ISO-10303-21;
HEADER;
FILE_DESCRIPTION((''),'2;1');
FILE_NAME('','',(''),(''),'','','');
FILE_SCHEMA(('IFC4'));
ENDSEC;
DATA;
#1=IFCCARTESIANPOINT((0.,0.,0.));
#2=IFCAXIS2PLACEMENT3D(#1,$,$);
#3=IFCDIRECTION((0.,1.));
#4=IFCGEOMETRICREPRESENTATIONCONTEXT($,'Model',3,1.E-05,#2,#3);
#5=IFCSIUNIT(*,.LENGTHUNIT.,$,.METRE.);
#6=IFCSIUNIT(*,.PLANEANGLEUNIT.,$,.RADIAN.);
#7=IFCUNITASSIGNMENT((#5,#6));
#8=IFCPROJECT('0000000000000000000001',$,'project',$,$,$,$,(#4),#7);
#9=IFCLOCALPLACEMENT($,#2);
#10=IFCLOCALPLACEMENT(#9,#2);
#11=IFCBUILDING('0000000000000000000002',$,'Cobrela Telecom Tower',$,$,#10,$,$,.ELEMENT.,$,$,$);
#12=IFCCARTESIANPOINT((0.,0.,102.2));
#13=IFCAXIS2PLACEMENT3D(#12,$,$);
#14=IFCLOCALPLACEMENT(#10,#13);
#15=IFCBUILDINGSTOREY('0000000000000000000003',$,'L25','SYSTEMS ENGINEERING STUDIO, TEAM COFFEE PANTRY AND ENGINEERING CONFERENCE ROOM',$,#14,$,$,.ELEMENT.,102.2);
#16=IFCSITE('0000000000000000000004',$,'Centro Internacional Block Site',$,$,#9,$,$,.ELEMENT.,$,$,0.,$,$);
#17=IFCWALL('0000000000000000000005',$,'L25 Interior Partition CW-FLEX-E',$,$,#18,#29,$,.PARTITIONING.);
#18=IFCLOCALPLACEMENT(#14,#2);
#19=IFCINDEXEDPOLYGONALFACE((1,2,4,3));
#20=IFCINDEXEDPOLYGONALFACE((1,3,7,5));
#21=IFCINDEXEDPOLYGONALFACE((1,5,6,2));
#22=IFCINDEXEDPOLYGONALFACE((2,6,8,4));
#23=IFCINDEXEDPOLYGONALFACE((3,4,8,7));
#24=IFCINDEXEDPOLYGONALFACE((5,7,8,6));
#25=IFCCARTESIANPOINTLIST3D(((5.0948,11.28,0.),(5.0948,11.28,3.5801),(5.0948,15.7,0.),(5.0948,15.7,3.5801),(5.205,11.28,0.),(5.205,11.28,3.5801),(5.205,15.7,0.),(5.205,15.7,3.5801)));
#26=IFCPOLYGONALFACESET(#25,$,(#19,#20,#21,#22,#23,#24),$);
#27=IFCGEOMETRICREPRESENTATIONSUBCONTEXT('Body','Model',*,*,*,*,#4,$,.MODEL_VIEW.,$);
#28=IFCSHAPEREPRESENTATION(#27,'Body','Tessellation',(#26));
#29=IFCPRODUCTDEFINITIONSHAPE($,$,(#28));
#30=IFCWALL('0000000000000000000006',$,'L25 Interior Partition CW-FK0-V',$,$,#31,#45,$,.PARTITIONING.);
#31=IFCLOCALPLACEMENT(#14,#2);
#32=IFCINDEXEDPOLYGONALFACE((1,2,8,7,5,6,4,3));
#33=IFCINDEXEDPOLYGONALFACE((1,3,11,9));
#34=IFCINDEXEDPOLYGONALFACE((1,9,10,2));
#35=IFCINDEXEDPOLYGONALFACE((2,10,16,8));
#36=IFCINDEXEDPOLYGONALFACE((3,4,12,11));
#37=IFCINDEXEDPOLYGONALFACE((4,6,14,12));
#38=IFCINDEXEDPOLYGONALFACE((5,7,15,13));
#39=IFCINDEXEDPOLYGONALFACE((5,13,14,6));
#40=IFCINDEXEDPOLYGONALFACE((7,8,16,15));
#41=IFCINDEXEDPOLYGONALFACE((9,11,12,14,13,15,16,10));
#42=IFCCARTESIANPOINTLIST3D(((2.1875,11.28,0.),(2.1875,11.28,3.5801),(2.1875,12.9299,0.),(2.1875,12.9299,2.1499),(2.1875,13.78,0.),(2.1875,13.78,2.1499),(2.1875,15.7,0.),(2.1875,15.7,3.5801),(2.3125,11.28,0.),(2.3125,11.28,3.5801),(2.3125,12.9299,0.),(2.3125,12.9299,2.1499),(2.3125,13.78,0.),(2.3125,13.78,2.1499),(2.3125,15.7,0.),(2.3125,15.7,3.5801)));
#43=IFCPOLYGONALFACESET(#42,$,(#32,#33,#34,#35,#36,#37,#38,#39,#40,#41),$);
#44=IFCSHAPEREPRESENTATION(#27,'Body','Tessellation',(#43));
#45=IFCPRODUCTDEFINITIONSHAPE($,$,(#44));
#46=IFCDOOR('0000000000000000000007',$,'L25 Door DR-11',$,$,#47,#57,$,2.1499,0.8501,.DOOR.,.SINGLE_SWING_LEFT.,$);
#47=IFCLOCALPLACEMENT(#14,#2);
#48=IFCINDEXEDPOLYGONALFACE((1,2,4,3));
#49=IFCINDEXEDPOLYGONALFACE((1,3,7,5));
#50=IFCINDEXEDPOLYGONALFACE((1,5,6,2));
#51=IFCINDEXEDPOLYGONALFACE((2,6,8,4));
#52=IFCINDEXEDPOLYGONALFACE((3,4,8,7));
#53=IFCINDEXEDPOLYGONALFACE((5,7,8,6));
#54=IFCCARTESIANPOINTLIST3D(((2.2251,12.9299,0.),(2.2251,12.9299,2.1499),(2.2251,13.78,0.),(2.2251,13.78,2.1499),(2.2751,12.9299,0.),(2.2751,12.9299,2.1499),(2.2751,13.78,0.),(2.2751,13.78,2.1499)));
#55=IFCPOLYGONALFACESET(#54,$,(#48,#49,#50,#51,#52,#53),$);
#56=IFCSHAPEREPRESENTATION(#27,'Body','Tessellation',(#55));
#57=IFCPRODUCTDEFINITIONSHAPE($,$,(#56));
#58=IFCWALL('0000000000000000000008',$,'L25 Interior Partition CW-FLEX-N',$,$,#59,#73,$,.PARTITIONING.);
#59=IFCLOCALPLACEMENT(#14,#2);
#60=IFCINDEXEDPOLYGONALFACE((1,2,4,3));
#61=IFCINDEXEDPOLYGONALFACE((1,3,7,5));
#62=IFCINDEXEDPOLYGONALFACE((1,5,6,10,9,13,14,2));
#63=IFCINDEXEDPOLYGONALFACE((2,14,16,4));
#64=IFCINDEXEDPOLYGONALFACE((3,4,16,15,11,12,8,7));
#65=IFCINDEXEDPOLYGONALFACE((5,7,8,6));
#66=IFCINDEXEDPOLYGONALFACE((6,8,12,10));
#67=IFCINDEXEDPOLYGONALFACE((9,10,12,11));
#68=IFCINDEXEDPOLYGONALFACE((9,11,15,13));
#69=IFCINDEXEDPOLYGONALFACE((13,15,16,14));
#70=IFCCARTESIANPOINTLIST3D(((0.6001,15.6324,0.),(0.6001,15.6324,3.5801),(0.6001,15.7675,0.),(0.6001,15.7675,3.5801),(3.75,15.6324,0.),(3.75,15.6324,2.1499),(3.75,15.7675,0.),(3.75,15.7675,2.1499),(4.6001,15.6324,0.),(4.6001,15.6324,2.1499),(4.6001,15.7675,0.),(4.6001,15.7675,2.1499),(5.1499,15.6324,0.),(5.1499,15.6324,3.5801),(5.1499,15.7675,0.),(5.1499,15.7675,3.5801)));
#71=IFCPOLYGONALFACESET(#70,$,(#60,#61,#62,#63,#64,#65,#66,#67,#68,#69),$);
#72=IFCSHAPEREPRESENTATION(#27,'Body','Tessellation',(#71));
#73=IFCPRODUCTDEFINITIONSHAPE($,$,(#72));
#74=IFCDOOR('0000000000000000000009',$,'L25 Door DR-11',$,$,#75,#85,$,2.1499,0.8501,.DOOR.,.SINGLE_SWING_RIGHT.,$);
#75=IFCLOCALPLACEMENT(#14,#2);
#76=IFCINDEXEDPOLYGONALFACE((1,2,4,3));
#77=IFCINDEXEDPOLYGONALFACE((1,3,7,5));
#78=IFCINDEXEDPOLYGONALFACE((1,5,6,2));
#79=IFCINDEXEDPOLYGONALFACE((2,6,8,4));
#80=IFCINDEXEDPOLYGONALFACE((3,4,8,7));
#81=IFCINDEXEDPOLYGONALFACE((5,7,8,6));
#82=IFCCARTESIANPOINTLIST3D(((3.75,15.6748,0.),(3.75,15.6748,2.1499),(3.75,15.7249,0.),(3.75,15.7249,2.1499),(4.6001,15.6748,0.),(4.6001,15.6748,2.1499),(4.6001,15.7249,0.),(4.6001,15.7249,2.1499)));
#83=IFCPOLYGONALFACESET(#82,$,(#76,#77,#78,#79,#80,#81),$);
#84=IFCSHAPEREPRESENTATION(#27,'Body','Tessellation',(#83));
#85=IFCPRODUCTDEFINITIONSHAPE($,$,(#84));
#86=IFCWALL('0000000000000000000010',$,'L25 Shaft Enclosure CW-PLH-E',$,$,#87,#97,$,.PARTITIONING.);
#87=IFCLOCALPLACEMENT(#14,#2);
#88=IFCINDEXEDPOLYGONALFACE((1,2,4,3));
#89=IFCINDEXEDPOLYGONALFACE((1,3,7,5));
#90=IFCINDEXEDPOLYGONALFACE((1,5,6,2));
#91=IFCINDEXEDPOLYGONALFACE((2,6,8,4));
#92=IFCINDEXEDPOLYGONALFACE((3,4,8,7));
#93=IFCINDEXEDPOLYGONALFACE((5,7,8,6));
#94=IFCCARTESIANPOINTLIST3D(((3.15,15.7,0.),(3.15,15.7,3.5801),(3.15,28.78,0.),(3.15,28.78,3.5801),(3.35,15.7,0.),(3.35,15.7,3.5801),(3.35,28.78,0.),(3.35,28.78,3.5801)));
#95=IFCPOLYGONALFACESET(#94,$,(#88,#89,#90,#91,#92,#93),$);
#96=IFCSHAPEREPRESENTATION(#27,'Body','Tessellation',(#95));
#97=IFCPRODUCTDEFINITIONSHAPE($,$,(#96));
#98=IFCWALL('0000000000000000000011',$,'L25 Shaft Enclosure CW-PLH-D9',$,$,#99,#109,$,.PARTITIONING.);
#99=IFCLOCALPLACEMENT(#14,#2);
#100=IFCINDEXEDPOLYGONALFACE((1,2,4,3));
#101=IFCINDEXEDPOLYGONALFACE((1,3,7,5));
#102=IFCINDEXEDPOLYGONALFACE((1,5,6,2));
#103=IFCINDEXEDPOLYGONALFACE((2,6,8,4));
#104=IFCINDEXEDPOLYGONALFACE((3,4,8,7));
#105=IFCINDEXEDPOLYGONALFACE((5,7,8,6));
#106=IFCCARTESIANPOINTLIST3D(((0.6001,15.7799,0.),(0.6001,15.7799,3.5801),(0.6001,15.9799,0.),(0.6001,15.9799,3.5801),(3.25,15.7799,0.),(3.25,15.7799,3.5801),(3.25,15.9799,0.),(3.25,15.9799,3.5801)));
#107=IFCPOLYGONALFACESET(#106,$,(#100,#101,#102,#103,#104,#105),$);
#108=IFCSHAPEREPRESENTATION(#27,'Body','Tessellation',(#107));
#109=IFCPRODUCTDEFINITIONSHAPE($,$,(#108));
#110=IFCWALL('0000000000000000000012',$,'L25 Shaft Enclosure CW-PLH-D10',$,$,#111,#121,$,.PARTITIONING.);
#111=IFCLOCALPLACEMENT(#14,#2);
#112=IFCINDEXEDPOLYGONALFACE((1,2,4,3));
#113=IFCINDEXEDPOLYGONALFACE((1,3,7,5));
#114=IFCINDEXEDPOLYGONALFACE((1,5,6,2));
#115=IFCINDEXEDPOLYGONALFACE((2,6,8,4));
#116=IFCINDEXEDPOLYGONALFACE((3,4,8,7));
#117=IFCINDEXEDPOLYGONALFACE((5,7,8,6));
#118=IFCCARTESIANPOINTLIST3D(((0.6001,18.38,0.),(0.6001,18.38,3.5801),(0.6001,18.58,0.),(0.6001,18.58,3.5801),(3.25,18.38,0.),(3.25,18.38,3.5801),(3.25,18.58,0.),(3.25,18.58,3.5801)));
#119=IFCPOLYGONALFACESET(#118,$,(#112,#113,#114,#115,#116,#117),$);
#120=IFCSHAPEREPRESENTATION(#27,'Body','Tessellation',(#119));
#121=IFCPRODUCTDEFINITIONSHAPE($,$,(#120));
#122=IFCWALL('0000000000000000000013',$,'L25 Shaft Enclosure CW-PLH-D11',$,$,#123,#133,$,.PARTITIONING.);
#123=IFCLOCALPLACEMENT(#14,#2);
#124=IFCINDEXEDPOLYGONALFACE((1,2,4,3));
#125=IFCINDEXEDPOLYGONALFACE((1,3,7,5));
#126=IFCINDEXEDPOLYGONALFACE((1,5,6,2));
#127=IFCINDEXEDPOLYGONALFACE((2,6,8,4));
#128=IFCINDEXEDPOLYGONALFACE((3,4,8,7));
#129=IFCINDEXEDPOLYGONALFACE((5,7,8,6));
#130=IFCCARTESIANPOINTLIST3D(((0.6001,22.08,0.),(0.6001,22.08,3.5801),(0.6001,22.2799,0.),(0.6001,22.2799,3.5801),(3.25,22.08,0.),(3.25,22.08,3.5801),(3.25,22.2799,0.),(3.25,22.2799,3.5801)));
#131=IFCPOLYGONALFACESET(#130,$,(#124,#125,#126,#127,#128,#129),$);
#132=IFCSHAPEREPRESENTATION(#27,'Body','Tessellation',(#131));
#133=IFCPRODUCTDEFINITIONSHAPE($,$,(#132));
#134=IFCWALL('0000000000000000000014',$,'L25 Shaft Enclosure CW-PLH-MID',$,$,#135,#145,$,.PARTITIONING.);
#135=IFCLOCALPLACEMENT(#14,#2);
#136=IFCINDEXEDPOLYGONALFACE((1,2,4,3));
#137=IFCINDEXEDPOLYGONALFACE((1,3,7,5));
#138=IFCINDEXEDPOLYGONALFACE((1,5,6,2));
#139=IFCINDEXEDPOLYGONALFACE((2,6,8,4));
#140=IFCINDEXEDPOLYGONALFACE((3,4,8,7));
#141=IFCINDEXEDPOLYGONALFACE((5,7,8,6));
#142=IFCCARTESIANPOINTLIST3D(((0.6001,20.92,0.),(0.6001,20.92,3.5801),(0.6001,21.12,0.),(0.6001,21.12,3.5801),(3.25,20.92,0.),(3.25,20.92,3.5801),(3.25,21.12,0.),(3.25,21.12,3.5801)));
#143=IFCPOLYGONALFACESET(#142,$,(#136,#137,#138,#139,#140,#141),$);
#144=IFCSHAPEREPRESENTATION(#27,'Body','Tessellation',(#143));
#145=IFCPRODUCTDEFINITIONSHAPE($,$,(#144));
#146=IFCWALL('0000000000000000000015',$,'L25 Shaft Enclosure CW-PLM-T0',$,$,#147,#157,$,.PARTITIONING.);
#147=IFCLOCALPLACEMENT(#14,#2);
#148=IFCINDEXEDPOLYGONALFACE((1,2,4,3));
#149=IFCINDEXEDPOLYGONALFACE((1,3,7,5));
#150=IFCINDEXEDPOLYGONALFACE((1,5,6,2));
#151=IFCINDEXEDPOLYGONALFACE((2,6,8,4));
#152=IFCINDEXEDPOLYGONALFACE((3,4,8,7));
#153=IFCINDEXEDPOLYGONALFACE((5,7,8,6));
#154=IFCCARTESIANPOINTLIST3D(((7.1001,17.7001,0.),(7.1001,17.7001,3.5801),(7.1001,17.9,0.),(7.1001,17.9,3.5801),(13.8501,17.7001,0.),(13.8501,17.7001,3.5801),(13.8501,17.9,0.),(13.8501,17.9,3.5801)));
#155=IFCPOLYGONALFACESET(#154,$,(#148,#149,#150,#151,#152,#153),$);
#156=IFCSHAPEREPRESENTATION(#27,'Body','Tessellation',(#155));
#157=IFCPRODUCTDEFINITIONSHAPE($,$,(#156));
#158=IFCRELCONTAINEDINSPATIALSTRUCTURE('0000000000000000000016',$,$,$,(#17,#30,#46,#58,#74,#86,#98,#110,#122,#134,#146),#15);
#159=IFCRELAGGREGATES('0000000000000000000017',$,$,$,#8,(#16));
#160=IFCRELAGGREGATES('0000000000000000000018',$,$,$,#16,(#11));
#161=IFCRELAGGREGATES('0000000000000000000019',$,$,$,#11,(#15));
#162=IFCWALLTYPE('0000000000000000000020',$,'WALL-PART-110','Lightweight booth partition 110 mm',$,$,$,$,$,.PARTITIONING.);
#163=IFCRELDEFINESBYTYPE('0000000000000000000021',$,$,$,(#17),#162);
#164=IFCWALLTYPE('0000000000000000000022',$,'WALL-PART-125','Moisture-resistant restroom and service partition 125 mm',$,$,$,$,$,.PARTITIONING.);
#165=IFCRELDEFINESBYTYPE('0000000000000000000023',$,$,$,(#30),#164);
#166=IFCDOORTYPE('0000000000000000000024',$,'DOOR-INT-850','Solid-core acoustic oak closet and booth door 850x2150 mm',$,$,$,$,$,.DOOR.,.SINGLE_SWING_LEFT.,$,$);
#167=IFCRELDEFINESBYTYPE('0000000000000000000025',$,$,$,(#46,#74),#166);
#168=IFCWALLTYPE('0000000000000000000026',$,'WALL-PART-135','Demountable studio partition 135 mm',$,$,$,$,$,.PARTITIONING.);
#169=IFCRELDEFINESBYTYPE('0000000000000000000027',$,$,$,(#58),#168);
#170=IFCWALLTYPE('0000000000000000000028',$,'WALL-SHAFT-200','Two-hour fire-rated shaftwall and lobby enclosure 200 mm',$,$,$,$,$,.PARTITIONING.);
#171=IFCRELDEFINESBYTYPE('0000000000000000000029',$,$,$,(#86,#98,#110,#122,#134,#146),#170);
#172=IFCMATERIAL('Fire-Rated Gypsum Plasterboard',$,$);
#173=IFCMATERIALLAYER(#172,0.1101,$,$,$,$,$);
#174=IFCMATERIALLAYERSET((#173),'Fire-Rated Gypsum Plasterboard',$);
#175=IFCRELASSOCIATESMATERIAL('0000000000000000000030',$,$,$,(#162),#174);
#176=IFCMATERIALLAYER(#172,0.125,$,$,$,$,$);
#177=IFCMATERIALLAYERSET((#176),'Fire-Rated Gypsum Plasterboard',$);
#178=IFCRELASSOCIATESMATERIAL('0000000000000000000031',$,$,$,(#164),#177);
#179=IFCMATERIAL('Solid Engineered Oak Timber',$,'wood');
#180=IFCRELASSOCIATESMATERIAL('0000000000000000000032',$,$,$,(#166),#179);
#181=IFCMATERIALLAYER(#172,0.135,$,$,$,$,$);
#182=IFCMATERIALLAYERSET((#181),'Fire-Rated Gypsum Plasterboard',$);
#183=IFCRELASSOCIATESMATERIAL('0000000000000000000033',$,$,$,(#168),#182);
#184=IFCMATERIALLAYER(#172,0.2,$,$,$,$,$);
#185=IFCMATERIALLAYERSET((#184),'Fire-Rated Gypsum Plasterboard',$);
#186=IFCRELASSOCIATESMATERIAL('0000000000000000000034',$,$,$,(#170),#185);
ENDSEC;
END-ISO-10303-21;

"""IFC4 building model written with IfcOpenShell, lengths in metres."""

from ifc_helpers import new_model, si_unit, direction, frame, frame_2d, origin, place, context, subcontext, project, spatial, rectangle, extrude, material, layer, layer_set, type_object, element, fill, save


model = new_model("IFC4")

# Units and contexts
model_context = context("Model", 3, precision=1e-05, world=origin(), true_north=direction((0.0, 1.0)))
body_context = subcontext(model_context, "Body", "Model", "MODEL_VIEW")
ifc_project = project(units=[si_unit("LENGTHUNIT", "METRE"), si_unit("PLANEANGLEUNIT", "RADIAN")], contexts=[model_context])

# Site, building, storey
site_placement = place(None, origin())
site = spatial("IfcSite", under=ifc_project, at=site_placement, Name="Centro Internacional Block Site", CompositionType="ELEMENT", RefElevation=0.0)
building_placement = place(site_placement, origin())
building = spatial("IfcBuilding", under=site, at=building_placement, Name="Cobrela Telecom Tower", CompositionType="ELEMENT")
storey_placement = place(building_placement, frame((0.0, 0.0, 102.2)))
storey = spatial("IfcBuildingStorey", under=building, at=storey_placement, Name="L25", Description="SYSTEMS ENGINEERING STUDIO, TEAM COFFEE PANTRY AND ENGINEERING CONFERENCE ROOM", CompositionType="ELEMENT", Elevation=102.2)

# Wall
ifc_material_1 = material(Name="Fire-Rated Gypsum Plasterboard")
ifc_layer_1 = layer(ifc_material_1, 0.1101)
ifc_layer_set_1 = layer_set([ifc_layer_1], Name="Fire-Rated Gypsum Plasterboard")
wall_type_1 = type_object("IfcWallType", Name="WALL-PART-110", Description="Lightweight booth partition 110 mm", PredefinedType="PARTITIONING", material=ifc_layer_set_1)
wall_1_placement = place(storey_placement, frame((5.1499, 11.28, 0.0), z_axis=(0.0, 0.0, 1.0), x_axis=(0.0, 1.0, 0.0)))
element("IfcWall", 1, at=wall_1_placement, inside=storey, type_object=wall_type_1, Name="L25 Interior Partition CW-FLEX-E", PredefinedType="PARTITIONING", context=body_context, shape_type="SweptSolid", body=[
    extrude(rectangle(XDim=4.4199, YDim=0.1101, at=frame_2d((2.21, 0.0))), origin(), (0.0, 0.0, 1.0), 3.5801),
])

# Walls, openings, doors
ifc_layer_2 = layer(ifc_material_1, 0.125)
ifc_layer_set_2 = layer_set([ifc_layer_2], Name="Fire-Rated Gypsum Plasterboard")
wall_type_2 = type_object("IfcWallType", Name="WALL-PART-125", Description="Moisture-resistant restroom and service partition 125 mm", PredefinedType="PARTITIONING", material=ifc_layer_set_2)
wall_2_placement = place(storey_placement, frame((2.25, 11.28, 0.0), z_axis=(0.0, 0.0, 1.0), x_axis=(0.0, 1.0, 0.0)))
wall_2 = element("IfcWall", 2, at=wall_2_placement, inside=storey, type_object=wall_type_2, Name="L25 Interior Partition CW-FK0-V", PredefinedType="PARTITIONING", context=body_context, shape_type="SweptSolid", body=[
    extrude(rectangle(XDim=4.4199, YDim=0.125, at=frame_2d((2.21, 0.0))), origin(), (0.0, 0.0, 1.0), 3.5801),
])
opening_1_placement = place(wall_2_placement, frame((1.6499, 0.0, 0.0)))
opening_1 = element("IfcOpeningElement", 3, at=opening_1_placement, cuts=wall_2, PredefinedType="OPENING", context=body_context, shape_type="SweptSolid", body=[
    extrude(rectangle(XDim=0.8501, YDim=2.1499, at=frame_2d((0.425, 1.075))), frame((0.0, 0.0745, 0.0), z_axis=(0.0, -1.0, 0.0), x_axis=(1.0, 0.0, 0.0)), (0.0, 0.0, 1.0), 0.1489),
])
ifc_material_2 = material(Name="Solid Engineered Oak Timber", Category="wood")
door_type_1 = type_object("IfcDoorType", Name="DOOR-INT-850", Description="Solid-core acoustic oak closet and booth door 850x2150 mm", OperationType="SINGLE_SWING_LEFT", PredefinedType="DOOR", material=ifc_material_2)
door_1_placement = place(opening_1_placement, origin())
door_1 = element("IfcDoor", 4, at=door_1_placement, inside=storey, type_object=door_type_1, Name="L25 Door DR-11", OperationType="SINGLE_SWING_LEFT", OverallHeight=2.1499, OverallWidth=0.8501, PredefinedType="DOOR", context=body_context, shape_type="SweptSolid", body=[
    extrude(rectangle(XDim=0.8501, YDim=2.1499, at=frame_2d((0.425, 1.075))), frame((0.0, 0.0249, 0.0), z_axis=(0.0, -1.0, 0.0), x_axis=(1.0, 0.0, 0.0)), (0.0, 0.0, 1.0), 0.05),
])
fill(opening_1, door_1)
ifc_layer_3 = layer(ifc_material_1, 0.135)
ifc_layer_set_3 = layer_set([ifc_layer_3], Name="Fire-Rated Gypsum Plasterboard")
wall_type_3 = type_object("IfcWallType", Name="WALL-PART-135", Description="Demountable studio partition 135 mm", PredefinedType="PARTITIONING", material=ifc_layer_set_3)
wall_3_placement = place(storey_placement, frame((0.6001, 15.7, 0.0), z_axis=(0.0, 0.0, 1.0), x_axis=(1.0, 0.0, 0.0)))
wall_3 = element("IfcWall", 5, at=wall_3_placement, inside=storey, type_object=wall_type_3, Name="L25 Interior Partition CW-FLEX-N", PredefinedType="PARTITIONING", context=body_context, shape_type="SweptSolid", body=[
    extrude(rectangle(XDim=4.5498, YDim=0.135, at=frame_2d((2.2749, 0.0))), origin(), (0.0, 0.0, 1.0), 3.5801),
])
opening_2_placement = place(wall_3_placement, frame((3.1499, 0.0, 0.0)))
opening_2 = element("IfcOpeningElement", 6, at=opening_2_placement, cuts=wall_3, PredefinedType="OPENING", context=body_context, shape_type="SweptSolid", body=[
    extrude(rectangle(XDim=0.8501, YDim=2.1499, at=frame_2d((0.425, 1.075))), frame((0.0, 0.0796, 0.0), z_axis=(0.0, -1.0, 0.0), x_axis=(1.0, 0.0, 0.0)), (0.0, 0.0, 1.0), 0.1589),
])
door_2_placement = place(opening_2_placement, origin())
door_2 = element("IfcDoor", 7, at=door_2_placement, inside=storey, type_object=door_type_1, Name="L25 Door DR-11", OperationType="SINGLE_SWING_RIGHT", OverallHeight=2.1499, OverallWidth=0.8501, PredefinedType="DOOR", context=body_context, shape_type="SweptSolid", body=[
    extrude(rectangle(XDim=0.8501, YDim=2.1499, at=frame_2d((0.425, 1.075))), frame((0.0, 0.0249, 0.0), z_axis=(0.0, -1.0, 0.0), x_axis=(1.0, 0.0, 0.0)), (0.0, 0.0, 1.0), 0.05),
])
fill(opening_2, door_2)

# Walls
ifc_layer_4 = layer(ifc_material_1, 0.2)
ifc_layer_set_4 = layer_set([ifc_layer_4], Name="Fire-Rated Gypsum Plasterboard")
wall_type_4 = type_object("IfcWallType", Name="WALL-SHAFT-200", Description="Two-hour fire-rated shaftwall and lobby enclosure 200 mm", PredefinedType="PARTITIONING", material=ifc_layer_set_4)
wall_4_placement = place(storey_placement, frame((3.25, 15.7, 0.0), z_axis=(0.0, 0.0, 1.0), x_axis=(0.0, 1.0, 0.0)))
element("IfcWall", 8, at=wall_4_placement, inside=storey, type_object=wall_type_4, Name="L25 Shaft Enclosure CW-PLH-E", PredefinedType="PARTITIONING", context=body_context, shape_type="SweptSolid", body=[
    extrude(rectangle(XDim=13.0801, YDim=0.2, at=frame_2d((6.54, 0.0))), origin(), (0.0, 0.0, 1.0), 3.5801),
])
for number, where, z_axis, x_axis, name in (
    (9, (0.6001, 15.8799, 0.0), (0.0, 0.0, 1.0), (1.0, 0.0, 0.0), "L25 Shaft Enclosure CW-PLH-D9"),
    (10, (0.6001, 18.48, 0.0), (0.0, 0.0, 1.0), (1.0, 0.0, 0.0), "L25 Shaft Enclosure CW-PLH-D10"),
    (11, (0.6001, 22.1799, 0.0), (0.0, 0.0, 1.0), (1.0, 0.0, 0.0), "L25 Shaft Enclosure CW-PLH-D11"),
    (12, (0.6001, 21.02, 0.0), (0.0, 0.0, 1.0), (1.0, 0.0, 0.0), "L25 Shaft Enclosure CW-PLH-MID"),
):
    element("IfcWall", number, at=place(storey_placement, frame(where, z_axis=z_axis, x_axis=x_axis)), inside=storey, type_object=wall_type_4, Name=name, PredefinedType="PARTITIONING", context=body_context, shape_type="SweptSolid", body=[
        extrude(rectangle(XDim=2.6499, YDim=0.2, at=frame_2d((1.325, 0.0))), origin(), (0.0, 0.0, 1.0), 3.5801),
    ])
wall_5_placement = place(storey_placement, frame((7.1001, 17.8, 0.0), z_axis=(0.0, 0.0, 1.0), x_axis=(1.0, 0.0, 0.0)))
element("IfcWall", 13, at=wall_5_placement, inside=storey, type_object=wall_type_4, Name="L25 Shaft Enclosure CW-PLM-T0", PredefinedType="PARTITIONING", context=body_context, shape_type="SweptSolid", body=[
    extrude(rectangle(XDim=6.75, YDim=0.2, at=frame_2d((3.375, 0.0))), origin(), (0.0, 0.0, 1.0), 3.5801),
])

save(model, "model.ifc")
